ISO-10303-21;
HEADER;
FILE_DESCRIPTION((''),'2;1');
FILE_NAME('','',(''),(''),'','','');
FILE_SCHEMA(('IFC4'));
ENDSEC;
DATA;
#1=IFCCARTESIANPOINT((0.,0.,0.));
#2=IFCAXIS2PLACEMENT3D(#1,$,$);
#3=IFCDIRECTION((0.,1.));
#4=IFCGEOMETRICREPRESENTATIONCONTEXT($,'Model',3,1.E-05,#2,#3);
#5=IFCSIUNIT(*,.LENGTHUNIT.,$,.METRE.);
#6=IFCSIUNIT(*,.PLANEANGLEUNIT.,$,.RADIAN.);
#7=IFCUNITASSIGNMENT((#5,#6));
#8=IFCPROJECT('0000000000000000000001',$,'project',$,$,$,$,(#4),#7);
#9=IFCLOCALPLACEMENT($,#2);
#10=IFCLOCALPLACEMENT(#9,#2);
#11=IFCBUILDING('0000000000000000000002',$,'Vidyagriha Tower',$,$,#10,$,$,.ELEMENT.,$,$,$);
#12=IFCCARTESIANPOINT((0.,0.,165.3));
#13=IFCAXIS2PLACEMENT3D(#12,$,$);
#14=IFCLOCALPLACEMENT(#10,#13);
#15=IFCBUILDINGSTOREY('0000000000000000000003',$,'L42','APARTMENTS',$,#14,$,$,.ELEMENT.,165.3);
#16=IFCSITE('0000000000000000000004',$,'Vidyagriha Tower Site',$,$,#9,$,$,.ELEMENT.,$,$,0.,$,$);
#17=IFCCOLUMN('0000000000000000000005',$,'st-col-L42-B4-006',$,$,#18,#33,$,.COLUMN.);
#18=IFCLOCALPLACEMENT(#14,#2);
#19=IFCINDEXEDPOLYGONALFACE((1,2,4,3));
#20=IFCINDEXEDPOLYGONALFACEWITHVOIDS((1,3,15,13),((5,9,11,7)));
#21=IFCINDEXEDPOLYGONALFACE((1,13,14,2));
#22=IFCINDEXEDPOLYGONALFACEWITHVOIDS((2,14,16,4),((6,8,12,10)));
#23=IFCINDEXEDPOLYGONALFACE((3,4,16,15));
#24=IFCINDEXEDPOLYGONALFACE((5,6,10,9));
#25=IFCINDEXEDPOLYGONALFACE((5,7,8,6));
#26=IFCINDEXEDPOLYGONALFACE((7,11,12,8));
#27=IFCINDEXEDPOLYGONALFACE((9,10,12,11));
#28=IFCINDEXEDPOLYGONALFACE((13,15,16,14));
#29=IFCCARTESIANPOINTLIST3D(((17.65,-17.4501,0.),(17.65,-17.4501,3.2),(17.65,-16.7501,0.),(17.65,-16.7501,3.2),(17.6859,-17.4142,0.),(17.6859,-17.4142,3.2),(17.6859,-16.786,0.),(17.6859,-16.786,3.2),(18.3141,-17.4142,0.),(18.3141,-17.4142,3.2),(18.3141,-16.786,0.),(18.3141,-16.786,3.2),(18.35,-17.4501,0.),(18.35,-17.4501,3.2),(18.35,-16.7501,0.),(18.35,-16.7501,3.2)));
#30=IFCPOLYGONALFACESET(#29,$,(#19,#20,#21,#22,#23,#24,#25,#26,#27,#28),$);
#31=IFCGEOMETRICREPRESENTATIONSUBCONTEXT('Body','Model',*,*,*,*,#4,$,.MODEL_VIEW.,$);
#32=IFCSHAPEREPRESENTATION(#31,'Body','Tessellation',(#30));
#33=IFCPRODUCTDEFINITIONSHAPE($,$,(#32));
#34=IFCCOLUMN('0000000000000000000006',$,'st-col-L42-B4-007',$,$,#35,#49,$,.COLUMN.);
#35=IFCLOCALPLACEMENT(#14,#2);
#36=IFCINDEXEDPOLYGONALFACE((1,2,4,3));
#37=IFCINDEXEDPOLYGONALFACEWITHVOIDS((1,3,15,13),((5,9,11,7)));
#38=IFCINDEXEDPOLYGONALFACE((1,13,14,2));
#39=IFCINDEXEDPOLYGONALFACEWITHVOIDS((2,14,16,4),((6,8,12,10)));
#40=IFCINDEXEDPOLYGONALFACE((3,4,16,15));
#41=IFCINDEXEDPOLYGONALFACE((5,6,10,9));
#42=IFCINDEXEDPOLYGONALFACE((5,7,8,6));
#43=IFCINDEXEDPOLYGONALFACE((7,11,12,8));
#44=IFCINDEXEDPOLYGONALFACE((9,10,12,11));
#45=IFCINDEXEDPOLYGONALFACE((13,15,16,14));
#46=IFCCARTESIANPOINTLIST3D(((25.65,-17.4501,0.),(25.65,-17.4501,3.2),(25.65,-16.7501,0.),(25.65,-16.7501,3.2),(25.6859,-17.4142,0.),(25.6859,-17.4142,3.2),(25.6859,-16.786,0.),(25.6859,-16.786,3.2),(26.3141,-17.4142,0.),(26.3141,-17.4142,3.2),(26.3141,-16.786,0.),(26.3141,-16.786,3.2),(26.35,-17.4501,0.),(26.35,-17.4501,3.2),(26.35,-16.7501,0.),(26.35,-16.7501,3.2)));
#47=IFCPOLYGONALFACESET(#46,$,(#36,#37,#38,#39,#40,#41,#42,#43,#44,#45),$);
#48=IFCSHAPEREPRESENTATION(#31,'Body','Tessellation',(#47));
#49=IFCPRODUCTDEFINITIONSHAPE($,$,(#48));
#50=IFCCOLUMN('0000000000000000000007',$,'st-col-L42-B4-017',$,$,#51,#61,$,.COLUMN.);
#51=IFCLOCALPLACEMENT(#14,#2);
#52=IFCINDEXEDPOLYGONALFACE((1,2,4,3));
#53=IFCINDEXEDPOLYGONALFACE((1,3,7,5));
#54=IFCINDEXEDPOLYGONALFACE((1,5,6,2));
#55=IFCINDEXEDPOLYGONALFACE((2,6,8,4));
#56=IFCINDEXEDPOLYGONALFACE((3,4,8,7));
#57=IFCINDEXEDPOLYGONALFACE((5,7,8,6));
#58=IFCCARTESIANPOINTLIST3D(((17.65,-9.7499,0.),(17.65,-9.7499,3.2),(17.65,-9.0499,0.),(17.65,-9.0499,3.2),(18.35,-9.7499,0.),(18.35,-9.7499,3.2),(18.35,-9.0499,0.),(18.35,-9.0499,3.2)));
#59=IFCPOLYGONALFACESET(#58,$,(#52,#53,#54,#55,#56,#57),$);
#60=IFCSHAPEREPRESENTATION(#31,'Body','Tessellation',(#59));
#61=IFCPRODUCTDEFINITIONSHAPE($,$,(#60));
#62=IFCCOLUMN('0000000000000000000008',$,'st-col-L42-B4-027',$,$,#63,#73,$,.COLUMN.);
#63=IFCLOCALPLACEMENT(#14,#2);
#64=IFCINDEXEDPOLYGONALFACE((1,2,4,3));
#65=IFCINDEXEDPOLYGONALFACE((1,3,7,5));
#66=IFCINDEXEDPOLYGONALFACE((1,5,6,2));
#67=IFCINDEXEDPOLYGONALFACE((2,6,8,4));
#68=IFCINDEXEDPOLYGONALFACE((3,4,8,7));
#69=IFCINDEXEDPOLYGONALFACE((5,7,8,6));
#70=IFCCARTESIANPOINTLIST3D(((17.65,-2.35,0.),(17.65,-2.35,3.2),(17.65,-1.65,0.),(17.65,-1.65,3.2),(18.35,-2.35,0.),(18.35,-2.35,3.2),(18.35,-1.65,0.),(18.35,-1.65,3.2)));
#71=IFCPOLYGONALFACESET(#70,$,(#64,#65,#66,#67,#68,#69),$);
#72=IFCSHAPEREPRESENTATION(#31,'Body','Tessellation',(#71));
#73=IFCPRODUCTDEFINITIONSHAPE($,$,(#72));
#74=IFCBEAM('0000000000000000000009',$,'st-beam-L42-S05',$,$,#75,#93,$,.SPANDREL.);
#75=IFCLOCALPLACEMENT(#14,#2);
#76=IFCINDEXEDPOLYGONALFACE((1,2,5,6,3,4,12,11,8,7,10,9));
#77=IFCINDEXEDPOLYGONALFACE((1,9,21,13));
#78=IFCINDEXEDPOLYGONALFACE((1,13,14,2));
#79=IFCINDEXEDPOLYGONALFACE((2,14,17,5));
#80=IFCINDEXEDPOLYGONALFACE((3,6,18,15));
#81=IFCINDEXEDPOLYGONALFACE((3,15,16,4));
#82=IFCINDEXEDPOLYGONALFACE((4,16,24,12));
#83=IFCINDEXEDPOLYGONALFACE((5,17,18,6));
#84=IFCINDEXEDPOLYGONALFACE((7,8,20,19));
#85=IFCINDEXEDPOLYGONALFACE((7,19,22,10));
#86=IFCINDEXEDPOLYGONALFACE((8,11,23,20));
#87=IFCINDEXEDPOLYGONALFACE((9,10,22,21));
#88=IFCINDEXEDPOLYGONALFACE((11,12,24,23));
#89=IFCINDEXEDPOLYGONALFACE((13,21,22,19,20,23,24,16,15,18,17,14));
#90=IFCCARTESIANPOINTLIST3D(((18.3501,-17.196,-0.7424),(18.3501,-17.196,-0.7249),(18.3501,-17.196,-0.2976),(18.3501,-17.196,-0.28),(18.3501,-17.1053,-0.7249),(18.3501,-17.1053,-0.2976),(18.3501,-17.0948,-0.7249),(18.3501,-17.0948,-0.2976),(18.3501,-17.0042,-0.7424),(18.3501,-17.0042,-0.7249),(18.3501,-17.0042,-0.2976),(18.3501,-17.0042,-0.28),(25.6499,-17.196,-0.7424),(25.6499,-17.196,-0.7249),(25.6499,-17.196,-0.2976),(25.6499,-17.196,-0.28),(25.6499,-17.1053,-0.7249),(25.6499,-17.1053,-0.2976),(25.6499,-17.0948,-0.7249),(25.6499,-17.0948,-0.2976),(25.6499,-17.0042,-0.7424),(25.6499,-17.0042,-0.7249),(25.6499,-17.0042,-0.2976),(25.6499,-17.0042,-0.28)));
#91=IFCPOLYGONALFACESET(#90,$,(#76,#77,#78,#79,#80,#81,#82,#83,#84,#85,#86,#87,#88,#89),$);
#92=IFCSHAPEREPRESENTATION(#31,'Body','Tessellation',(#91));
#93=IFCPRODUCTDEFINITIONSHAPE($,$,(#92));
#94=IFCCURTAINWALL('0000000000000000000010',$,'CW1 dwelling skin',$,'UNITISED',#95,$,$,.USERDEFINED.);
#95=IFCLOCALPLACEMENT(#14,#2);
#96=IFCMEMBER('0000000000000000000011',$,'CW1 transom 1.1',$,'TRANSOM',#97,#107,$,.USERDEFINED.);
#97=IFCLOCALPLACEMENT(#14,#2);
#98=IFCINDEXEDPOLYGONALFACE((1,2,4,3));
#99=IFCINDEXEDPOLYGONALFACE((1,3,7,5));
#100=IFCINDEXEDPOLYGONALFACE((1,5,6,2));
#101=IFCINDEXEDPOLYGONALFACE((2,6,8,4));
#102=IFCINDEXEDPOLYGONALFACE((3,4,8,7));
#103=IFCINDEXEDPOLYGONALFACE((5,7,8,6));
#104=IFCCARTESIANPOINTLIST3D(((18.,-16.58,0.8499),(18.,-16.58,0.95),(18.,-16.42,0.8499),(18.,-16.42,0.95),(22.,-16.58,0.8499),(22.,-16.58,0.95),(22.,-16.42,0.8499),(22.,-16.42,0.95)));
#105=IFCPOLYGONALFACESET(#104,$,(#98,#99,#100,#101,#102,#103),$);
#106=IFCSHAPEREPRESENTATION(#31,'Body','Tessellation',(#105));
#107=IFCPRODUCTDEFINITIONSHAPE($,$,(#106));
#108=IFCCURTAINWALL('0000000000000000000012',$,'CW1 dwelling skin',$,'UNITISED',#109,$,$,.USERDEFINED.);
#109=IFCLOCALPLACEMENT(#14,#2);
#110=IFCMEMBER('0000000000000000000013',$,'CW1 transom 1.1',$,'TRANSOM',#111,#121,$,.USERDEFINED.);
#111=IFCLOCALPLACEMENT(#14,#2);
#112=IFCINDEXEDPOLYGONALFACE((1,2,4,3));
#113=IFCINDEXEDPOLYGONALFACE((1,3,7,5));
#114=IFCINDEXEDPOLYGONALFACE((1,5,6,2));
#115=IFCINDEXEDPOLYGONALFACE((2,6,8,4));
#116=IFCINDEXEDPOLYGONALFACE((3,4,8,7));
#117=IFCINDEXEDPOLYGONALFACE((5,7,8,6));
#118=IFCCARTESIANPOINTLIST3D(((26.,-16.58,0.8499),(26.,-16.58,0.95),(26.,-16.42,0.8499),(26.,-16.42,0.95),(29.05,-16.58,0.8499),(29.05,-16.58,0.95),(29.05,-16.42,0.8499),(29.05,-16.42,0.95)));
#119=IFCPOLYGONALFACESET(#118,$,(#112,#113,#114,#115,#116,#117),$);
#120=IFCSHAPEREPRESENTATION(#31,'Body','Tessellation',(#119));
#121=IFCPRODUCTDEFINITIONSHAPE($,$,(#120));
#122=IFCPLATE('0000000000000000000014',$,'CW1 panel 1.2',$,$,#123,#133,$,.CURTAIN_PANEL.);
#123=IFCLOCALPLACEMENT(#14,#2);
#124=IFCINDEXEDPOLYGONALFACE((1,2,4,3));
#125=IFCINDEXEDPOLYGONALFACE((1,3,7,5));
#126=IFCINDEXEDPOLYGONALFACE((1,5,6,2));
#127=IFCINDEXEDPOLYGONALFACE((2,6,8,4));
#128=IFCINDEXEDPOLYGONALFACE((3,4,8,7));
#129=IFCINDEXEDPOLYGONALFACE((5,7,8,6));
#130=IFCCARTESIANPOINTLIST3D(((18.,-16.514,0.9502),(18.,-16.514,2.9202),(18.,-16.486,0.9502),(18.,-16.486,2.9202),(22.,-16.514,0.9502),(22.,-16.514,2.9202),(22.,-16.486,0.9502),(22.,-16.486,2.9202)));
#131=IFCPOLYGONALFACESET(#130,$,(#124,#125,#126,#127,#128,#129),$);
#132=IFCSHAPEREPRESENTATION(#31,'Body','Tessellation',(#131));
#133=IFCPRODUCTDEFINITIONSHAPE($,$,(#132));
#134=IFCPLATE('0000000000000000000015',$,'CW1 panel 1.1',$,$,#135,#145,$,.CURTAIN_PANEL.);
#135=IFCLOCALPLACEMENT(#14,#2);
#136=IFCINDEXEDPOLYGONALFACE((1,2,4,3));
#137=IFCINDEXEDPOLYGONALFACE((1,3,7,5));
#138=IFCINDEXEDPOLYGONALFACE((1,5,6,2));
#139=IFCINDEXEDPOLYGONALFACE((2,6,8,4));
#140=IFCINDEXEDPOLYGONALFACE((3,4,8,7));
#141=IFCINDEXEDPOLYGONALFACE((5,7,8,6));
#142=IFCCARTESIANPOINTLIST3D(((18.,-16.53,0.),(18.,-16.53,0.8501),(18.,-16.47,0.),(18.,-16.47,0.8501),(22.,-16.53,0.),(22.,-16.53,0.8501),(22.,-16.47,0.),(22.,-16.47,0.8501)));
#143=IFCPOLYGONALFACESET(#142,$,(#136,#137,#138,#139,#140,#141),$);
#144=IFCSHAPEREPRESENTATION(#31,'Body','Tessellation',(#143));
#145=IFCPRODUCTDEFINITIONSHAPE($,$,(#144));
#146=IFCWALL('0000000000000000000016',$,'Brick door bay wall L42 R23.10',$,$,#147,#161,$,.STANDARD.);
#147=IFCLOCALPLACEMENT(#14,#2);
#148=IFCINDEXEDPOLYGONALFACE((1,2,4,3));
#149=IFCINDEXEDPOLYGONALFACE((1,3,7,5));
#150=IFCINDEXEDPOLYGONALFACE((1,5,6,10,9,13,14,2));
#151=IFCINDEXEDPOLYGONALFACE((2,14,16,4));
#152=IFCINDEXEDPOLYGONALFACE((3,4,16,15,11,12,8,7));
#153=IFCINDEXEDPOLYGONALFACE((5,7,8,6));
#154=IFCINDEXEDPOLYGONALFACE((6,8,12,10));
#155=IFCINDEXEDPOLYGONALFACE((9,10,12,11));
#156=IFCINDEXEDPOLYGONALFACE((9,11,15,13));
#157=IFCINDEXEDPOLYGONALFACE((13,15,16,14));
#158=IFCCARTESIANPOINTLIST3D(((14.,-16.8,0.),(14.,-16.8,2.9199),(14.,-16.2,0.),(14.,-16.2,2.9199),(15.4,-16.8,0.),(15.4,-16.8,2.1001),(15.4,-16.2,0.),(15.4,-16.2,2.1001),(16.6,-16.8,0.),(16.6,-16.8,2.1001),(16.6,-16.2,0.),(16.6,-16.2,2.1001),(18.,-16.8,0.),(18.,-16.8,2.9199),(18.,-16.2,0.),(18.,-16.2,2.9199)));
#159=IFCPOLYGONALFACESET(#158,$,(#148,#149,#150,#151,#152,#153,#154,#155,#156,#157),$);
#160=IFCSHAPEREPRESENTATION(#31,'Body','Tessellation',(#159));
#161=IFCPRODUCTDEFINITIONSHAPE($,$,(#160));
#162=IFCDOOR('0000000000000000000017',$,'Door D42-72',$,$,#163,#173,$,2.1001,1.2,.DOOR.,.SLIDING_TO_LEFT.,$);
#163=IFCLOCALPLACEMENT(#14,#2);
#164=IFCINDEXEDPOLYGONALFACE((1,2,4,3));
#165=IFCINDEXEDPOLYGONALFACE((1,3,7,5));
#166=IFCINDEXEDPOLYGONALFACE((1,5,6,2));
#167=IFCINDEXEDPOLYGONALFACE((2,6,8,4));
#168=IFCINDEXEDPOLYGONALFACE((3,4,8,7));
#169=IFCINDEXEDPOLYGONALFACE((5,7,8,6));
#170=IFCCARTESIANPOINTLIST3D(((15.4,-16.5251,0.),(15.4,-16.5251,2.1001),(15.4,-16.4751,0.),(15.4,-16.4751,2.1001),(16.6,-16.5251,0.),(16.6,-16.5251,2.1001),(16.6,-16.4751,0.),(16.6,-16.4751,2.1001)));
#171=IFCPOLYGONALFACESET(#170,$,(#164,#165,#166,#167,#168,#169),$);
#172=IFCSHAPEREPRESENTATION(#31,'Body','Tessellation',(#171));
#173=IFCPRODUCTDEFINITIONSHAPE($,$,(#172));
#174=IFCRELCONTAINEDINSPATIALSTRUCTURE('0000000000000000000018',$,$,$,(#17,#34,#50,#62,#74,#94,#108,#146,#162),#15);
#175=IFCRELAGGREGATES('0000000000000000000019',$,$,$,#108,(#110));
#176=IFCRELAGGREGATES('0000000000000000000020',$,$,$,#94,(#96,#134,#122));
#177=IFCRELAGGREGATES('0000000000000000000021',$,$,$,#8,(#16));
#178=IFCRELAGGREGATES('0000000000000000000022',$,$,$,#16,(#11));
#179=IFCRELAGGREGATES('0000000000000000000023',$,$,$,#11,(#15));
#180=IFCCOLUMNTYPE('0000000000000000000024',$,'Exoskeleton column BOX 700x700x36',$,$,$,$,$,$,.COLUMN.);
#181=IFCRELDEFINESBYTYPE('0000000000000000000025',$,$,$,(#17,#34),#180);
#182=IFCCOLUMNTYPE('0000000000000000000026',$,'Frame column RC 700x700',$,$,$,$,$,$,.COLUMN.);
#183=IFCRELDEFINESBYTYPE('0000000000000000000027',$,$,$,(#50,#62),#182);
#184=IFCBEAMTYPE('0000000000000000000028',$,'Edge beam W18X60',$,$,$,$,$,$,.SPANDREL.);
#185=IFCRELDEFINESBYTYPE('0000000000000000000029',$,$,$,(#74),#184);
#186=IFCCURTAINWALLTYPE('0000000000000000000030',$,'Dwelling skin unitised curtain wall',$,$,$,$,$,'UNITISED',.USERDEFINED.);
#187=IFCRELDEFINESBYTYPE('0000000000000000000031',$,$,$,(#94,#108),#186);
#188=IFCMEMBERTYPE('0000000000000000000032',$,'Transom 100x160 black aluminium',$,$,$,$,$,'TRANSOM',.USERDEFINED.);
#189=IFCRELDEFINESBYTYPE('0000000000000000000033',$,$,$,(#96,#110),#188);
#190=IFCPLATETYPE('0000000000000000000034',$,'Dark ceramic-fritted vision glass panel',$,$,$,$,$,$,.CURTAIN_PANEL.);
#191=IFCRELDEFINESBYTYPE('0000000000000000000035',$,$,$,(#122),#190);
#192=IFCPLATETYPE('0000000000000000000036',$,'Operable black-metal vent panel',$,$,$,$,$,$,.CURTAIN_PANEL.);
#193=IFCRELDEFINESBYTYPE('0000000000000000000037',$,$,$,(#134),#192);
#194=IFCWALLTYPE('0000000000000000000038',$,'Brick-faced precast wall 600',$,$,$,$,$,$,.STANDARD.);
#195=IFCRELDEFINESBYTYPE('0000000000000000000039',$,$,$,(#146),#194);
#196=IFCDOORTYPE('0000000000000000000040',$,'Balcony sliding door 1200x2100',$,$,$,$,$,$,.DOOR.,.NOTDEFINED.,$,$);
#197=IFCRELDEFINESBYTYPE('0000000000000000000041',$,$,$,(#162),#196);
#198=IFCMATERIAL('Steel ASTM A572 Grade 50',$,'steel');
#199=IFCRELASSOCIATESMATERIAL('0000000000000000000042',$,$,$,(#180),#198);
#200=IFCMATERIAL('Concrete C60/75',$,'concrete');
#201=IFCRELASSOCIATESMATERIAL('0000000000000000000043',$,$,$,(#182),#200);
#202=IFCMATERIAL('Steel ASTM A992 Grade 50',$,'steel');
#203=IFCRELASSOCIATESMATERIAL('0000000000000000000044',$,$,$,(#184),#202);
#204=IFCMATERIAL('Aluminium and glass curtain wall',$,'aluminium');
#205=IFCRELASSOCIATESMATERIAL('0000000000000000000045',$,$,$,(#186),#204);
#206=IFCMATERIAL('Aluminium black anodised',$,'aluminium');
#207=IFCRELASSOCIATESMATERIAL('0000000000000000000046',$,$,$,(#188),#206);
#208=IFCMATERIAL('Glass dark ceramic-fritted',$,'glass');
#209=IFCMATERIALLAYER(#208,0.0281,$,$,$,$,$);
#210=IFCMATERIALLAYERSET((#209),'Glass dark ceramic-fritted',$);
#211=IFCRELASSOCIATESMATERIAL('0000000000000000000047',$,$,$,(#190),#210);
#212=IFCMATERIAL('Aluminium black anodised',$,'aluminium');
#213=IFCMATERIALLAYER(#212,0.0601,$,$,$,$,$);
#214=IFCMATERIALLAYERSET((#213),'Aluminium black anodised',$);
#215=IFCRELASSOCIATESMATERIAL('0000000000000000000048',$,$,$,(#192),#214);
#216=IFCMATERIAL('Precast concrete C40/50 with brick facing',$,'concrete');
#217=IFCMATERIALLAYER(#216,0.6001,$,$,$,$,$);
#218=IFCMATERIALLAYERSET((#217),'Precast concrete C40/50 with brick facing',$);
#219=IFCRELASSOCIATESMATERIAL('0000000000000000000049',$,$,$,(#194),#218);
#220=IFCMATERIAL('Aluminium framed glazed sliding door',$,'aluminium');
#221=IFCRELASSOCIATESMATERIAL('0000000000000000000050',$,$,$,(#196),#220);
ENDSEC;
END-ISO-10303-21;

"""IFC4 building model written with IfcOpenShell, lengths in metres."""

from ifc_helpers import new_model, si_unit, direction, frame, frame_2d, origin, origin_2d, place, context, subcontext, project, spatial, rectangle, hollow_rectangle, i_section, extrude, material, layer, layer_set, material_profile, profile_set, type_object, element, fill, aggregate, save


model = new_model("IFC4")

# Units and contexts
model_context = context("Model", 3, precision=1e-05, world=origin(), true_north=direction((0.0, 1.0)))
body_context = subcontext(model_context, "Body", "Model", "MODEL_VIEW")
ifc_project = project(units=[si_unit("LENGTHUNIT", "METRE"), si_unit("PLANEANGLEUNIT", "RADIAN")], contexts=[model_context])

# Site, building, storey
site_placement = place(None, origin())
site = spatial("IfcSite", under=ifc_project, at=site_placement, Name="Vidyagriha Tower Site", CompositionType="ELEMENT", RefElevation=0.0)
building_placement = place(site_placement, origin())
building = spatial("IfcBuilding", under=site, at=building_placement, Name="Vidyagriha Tower", CompositionType="ELEMENT")
storey_placement = place(building_placement, frame((0.0, 0.0, 165.3)))
storey = spatial("IfcBuildingStorey", under=building, at=storey_placement, Name="L42", Description="APARTMENTS", CompositionType="ELEMENT", Elevation=165.3)

# Columns
ifc_material_1 = material(Name="Steel ASTM A572 Grade 50", Category="steel")
ifc_material_profile_1 = material_profile(ifc_material_1, hollow_rectangle(XDim=0.7, YDim=0.7, WallThickness=0.0359, at=origin_2d()), Name="BOX 700x700x36")
ifc_profile_set_1 = profile_set([ifc_material_profile_1], Name="Steel ASTM A572 Grade 50")
column_type_1 = type_object("IfcColumnType", Name="Exoskeleton column BOX 700x700x36", PredefinedType="COLUMN", material=ifc_profile_set_1)
for number, where, name in (
    (1, (18.0, -17.1001, 0.0), "st-col-L42-B4-006"),
    (2, (26.0, -17.1001, 0.0), "st-col-L42-B4-007"),
):
    element("IfcColumn", number, at=place(storey_placement, frame(where)), inside=storey, type_object=column_type_1, Name=name, PredefinedType="COLUMN", context=body_context, shape_type="SweptSolid", body=[
        extrude(hollow_rectangle(XDim=0.7, YDim=0.7, WallThickness=0.0359, at=origin_2d()), origin(), (0.0, 0.0, 1.0), 3.2),
    ])
ifc_material_2 = material(Name="Concrete C60/75", Category="concrete")
ifc_material_profile_2 = material_profile(ifc_material_2, rectangle(XDim=0.7, YDim=0.7, at=origin_2d()), Name="RC 700x700")
ifc_profile_set_2 = profile_set([ifc_material_profile_2], Name="Concrete C60/75")
column_type_2 = type_object("IfcColumnType", Name="Frame column RC 700x700", PredefinedType="COLUMN", material=ifc_profile_set_2)
for number, where, name in (
    (3, (18.0, -9.3999, 0.0), "st-col-L42-B4-017"),
    (4, (18.0, -2.0, 0.0), "st-col-L42-B4-027"),
):
    element("IfcColumn", number, at=place(storey_placement, frame(where)), inside=storey, type_object=column_type_2, Name=name, PredefinedType="COLUMN", context=body_context, shape_type="SweptSolid", body=[
        extrude(rectangle(XDim=0.7, YDim=0.7, at=origin_2d()), origin(), (0.0, 0.0, 1.0), 3.2),
    ])

# Beam
ifc_material_3 = material(Name="Steel ASTM A992 Grade 50", Category="steel")
ifc_material_profile_3 = material_profile(ifc_material_3, i_section(OverallWidth=0.1919, OverallDepth=0.4624, WebThickness=0.0105, FlangeThickness=0.0176, at=origin_2d()), Name="W18X60")
ifc_profile_set_3 = profile_set([ifc_material_profile_3], Name="Steel ASTM A992 Grade 50")
beam_type = type_object("IfcBeamType", Name="Edge beam W18X60", PredefinedType="SPANDREL", material=ifc_profile_set_3)
beam_placement = place(storey_placement, frame((18.3501, -17.1001, -0.5112), z_axis=(1.0, 0.0, 0.0), x_axis=(0.0, 1.0, 0.0)))
element("IfcBeam", 5, at=beam_placement, inside=storey, type_object=beam_type, Name="st-beam-L42-S05", PredefinedType="SPANDREL", context=body_context, shape_type="SweptSolid", body=[
    extrude(i_section(OverallWidth=0.1919, OverallDepth=0.4624, WebThickness=0.0105, FlangeThickness=0.0176, at=origin_2d()), origin(), (0.0, 0.0, 1.0), 7.2998),
])

# Curtain walls, members
ifc_material_4 = material(Name="Aluminium and glass curtain wall", Category="aluminium")
curtain_wall_type = type_object("IfcCurtainWallType", Name="Dwelling skin unitised curtain wall", ElementType="UNITISED", PredefinedType="USERDEFINED", material=ifc_material_4)
curtain_wall_1_placement = place(storey_placement, origin())
curtain_wall_1 = element("IfcCurtainWall", 6, at=curtain_wall_1_placement, inside=storey, type_object=curtain_wall_type, Name="CW1 dwelling skin", ObjectType="UNITISED", PredefinedType="USERDEFINED")
ifc_material_5 = material(Name="Aluminium black anodised", Category="aluminium")
ifc_material_profile_4 = material_profile(ifc_material_5, rectangle(XDim=0.1599, YDim=0.1001, at=origin_2d()), Name="Transom 100x160 black aluminium")
ifc_profile_set_4 = profile_set([ifc_material_profile_4], Name="Aluminium black anodised")
member_type = type_object("IfcMemberType", Name="Transom 100x160 black aluminium", ElementType="TRANSOM", PredefinedType="USERDEFINED", material=ifc_profile_set_4)
member_1_placement = place(storey_placement, frame((18.0, -16.5, 0.8999), z_axis=(1.0, 0.0, 0.0), x_axis=(0.0, 1.0, 0.0)))
member_1 = element("IfcMember", 7, at=member_1_placement, type_object=member_type, Name="CW1 transom 1.1", ObjectType="TRANSOM", PredefinedType="USERDEFINED", context=body_context, shape_type="SweptSolid", body=[
    extrude(rectangle(XDim=0.1599, YDim=0.1001, at=origin_2d()), origin(), (0.0, 0.0, 1.0), 4.0),
])
curtain_wall_2_placement = place(storey_placement, origin())
curtain_wall_2 = element("IfcCurtainWall", 8, at=curtain_wall_2_placement, inside=storey, type_object=curtain_wall_type, Name="CW1 dwelling skin", ObjectType="UNITISED", PredefinedType="USERDEFINED")
member_2_placement = place(storey_placement, frame((26.0, -16.5, 0.8999), z_axis=(1.0, 0.0, 0.0), x_axis=(0.0, 1.0, 0.0)))
member_2 = element("IfcMember", 9, at=member_2_placement, type_object=member_type, Name="CW1 transom 1.1", ObjectType="TRANSOM", PredefinedType="USERDEFINED", context=body_context, shape_type="SweptSolid", body=[
    extrude(rectangle(XDim=0.1599, YDim=0.1001, at=origin_2d()), origin(), (0.0, 0.0, 1.0), 3.05),
])
aggregate(curtain_wall_2, [member_2])

# Plates
ifc_material_6 = material(Name="Glass dark ceramic-fritted", Category="glass")
ifc_layer_1 = layer(ifc_material_6, 0.0281)
ifc_layer_set_1 = layer_set([ifc_layer_1], Name="Glass dark ceramic-fritted")
plate_type_1 = type_object("IfcPlateType", Name="Dark ceramic-fritted vision glass panel", PredefinedType="CURTAIN_PANEL", material=ifc_layer_set_1)
plate_1_placement = place(storey_placement, frame((20.0, -16.5, 0.9502)))
plate_1 = element("IfcPlate", 10, at=plate_1_placement, type_object=plate_type_1, Name="CW1 panel 1.2", PredefinedType="CURTAIN_PANEL", context=body_context, shape_type="SweptSolid", body=[
    extrude(rectangle(XDim=4.0, YDim=0.0281, at=origin_2d()), origin(), (0.0, 0.0, 1.0), 1.97),
])
ifc_material_7 = material(Name="Aluminium black anodised", Category="aluminium")
ifc_layer_2 = layer(ifc_material_7, 0.0601)
ifc_layer_set_2 = layer_set([ifc_layer_2], Name="Aluminium black anodised")
plate_type_2 = type_object("IfcPlateType", Name="Operable black-metal vent panel", PredefinedType="CURTAIN_PANEL", material=ifc_layer_set_2)
plate_2_placement = place(storey_placement, frame((20.0, -16.5, 0.0)))
plate_2 = element("IfcPlate", 11, at=plate_2_placement, type_object=plate_type_2, Name="CW1 panel 1.1", PredefinedType="CURTAIN_PANEL", context=body_context, shape_type="SweptSolid", body=[
    extrude(rectangle(XDim=4.0, YDim=0.0601, at=origin_2d()), origin(), (0.0, 0.0, 1.0), 0.8501),
])
aggregate(curtain_wall_1, [member_1, plate_2, plate_1])

# Wall, opening, door
ifc_material_8 = material(Name="Precast concrete C40/50 with brick facing", Category="concrete")
ifc_layer_3 = layer(ifc_material_8, 0.6001)
ifc_layer_set_3 = layer_set([ifc_layer_3], Name="Precast concrete C40/50 with brick facing")
wall_type_1 = type_object("IfcWallType", Name="Brick-faced precast wall 600", PredefinedType="STANDARD", material=ifc_layer_set_3)
wall_1_placement = place(storey_placement, frame((14.0, -16.5, 0.0)))
wall_1 = element("IfcWall", 12, at=wall_1_placement, inside=storey, type_object=wall_type_1, Name="Brick door bay wall L42 R23.10", PredefinedType="STANDARD", context=body_context, shape_type="SweptSolid", body=[
    extrude(rectangle(XDim=4.0, YDim=0.6001, at=frame_2d((2.0, 0.0))), origin(), (0.0, 0.0, 1.0), 2.9199),
])
opening_1_placement = place(wall_1_placement, frame((1.3999, 0.0, 0.0)))
opening_1 = element("IfcOpeningElement", 13, at=opening_1_placement, cuts=wall_1, PredefinedType="OPENING", context=body_context, shape_type="SweptSolid", body=[
    extrude(rectangle(XDim=1.2, YDim=2.1001, at=frame_2d((0.6001, 1.05))), frame((0.0, 0.3101, 0.0), z_axis=(0.0, -1.0, 0.0), x_axis=(1.0, 0.0, 0.0)), (0.0, 0.0, 1.0), 0.6201),
])
ifc_material_9 = material(Name="Aluminium framed glazed sliding door", Category="aluminium")
door_type_1 = type_object("IfcDoorType", Name="Balcony sliding door 1200x2100", OperationType="NOTDEFINED", PredefinedType="DOOR", material=ifc_material_9)
door_1_placement = place(opening_1_placement, origin())
door_1 = element("IfcDoor", 14, at=door_1_placement, inside=storey, type_object=door_type_1, Name="Door D42-72", OperationType="SLIDING_TO_LEFT", OverallHeight=2.1001, OverallWidth=1.2, PredefinedType="DOOR", context=body_context, shape_type="SweptSolid", body=[
    extrude(rectangle(XDim=1.2, YDim=2.1001, at=frame_2d((0.6001, 1.05))), frame((0.0, 0.0249, 0.0), z_axis=(0.0, -1.0, 0.0), x_axis=(1.0, 0.0, 0.0)), (0.0, 0.0, 1.0), 0.05),
])
fill(opening_1, door_1)

save(model, "model.ifc")
